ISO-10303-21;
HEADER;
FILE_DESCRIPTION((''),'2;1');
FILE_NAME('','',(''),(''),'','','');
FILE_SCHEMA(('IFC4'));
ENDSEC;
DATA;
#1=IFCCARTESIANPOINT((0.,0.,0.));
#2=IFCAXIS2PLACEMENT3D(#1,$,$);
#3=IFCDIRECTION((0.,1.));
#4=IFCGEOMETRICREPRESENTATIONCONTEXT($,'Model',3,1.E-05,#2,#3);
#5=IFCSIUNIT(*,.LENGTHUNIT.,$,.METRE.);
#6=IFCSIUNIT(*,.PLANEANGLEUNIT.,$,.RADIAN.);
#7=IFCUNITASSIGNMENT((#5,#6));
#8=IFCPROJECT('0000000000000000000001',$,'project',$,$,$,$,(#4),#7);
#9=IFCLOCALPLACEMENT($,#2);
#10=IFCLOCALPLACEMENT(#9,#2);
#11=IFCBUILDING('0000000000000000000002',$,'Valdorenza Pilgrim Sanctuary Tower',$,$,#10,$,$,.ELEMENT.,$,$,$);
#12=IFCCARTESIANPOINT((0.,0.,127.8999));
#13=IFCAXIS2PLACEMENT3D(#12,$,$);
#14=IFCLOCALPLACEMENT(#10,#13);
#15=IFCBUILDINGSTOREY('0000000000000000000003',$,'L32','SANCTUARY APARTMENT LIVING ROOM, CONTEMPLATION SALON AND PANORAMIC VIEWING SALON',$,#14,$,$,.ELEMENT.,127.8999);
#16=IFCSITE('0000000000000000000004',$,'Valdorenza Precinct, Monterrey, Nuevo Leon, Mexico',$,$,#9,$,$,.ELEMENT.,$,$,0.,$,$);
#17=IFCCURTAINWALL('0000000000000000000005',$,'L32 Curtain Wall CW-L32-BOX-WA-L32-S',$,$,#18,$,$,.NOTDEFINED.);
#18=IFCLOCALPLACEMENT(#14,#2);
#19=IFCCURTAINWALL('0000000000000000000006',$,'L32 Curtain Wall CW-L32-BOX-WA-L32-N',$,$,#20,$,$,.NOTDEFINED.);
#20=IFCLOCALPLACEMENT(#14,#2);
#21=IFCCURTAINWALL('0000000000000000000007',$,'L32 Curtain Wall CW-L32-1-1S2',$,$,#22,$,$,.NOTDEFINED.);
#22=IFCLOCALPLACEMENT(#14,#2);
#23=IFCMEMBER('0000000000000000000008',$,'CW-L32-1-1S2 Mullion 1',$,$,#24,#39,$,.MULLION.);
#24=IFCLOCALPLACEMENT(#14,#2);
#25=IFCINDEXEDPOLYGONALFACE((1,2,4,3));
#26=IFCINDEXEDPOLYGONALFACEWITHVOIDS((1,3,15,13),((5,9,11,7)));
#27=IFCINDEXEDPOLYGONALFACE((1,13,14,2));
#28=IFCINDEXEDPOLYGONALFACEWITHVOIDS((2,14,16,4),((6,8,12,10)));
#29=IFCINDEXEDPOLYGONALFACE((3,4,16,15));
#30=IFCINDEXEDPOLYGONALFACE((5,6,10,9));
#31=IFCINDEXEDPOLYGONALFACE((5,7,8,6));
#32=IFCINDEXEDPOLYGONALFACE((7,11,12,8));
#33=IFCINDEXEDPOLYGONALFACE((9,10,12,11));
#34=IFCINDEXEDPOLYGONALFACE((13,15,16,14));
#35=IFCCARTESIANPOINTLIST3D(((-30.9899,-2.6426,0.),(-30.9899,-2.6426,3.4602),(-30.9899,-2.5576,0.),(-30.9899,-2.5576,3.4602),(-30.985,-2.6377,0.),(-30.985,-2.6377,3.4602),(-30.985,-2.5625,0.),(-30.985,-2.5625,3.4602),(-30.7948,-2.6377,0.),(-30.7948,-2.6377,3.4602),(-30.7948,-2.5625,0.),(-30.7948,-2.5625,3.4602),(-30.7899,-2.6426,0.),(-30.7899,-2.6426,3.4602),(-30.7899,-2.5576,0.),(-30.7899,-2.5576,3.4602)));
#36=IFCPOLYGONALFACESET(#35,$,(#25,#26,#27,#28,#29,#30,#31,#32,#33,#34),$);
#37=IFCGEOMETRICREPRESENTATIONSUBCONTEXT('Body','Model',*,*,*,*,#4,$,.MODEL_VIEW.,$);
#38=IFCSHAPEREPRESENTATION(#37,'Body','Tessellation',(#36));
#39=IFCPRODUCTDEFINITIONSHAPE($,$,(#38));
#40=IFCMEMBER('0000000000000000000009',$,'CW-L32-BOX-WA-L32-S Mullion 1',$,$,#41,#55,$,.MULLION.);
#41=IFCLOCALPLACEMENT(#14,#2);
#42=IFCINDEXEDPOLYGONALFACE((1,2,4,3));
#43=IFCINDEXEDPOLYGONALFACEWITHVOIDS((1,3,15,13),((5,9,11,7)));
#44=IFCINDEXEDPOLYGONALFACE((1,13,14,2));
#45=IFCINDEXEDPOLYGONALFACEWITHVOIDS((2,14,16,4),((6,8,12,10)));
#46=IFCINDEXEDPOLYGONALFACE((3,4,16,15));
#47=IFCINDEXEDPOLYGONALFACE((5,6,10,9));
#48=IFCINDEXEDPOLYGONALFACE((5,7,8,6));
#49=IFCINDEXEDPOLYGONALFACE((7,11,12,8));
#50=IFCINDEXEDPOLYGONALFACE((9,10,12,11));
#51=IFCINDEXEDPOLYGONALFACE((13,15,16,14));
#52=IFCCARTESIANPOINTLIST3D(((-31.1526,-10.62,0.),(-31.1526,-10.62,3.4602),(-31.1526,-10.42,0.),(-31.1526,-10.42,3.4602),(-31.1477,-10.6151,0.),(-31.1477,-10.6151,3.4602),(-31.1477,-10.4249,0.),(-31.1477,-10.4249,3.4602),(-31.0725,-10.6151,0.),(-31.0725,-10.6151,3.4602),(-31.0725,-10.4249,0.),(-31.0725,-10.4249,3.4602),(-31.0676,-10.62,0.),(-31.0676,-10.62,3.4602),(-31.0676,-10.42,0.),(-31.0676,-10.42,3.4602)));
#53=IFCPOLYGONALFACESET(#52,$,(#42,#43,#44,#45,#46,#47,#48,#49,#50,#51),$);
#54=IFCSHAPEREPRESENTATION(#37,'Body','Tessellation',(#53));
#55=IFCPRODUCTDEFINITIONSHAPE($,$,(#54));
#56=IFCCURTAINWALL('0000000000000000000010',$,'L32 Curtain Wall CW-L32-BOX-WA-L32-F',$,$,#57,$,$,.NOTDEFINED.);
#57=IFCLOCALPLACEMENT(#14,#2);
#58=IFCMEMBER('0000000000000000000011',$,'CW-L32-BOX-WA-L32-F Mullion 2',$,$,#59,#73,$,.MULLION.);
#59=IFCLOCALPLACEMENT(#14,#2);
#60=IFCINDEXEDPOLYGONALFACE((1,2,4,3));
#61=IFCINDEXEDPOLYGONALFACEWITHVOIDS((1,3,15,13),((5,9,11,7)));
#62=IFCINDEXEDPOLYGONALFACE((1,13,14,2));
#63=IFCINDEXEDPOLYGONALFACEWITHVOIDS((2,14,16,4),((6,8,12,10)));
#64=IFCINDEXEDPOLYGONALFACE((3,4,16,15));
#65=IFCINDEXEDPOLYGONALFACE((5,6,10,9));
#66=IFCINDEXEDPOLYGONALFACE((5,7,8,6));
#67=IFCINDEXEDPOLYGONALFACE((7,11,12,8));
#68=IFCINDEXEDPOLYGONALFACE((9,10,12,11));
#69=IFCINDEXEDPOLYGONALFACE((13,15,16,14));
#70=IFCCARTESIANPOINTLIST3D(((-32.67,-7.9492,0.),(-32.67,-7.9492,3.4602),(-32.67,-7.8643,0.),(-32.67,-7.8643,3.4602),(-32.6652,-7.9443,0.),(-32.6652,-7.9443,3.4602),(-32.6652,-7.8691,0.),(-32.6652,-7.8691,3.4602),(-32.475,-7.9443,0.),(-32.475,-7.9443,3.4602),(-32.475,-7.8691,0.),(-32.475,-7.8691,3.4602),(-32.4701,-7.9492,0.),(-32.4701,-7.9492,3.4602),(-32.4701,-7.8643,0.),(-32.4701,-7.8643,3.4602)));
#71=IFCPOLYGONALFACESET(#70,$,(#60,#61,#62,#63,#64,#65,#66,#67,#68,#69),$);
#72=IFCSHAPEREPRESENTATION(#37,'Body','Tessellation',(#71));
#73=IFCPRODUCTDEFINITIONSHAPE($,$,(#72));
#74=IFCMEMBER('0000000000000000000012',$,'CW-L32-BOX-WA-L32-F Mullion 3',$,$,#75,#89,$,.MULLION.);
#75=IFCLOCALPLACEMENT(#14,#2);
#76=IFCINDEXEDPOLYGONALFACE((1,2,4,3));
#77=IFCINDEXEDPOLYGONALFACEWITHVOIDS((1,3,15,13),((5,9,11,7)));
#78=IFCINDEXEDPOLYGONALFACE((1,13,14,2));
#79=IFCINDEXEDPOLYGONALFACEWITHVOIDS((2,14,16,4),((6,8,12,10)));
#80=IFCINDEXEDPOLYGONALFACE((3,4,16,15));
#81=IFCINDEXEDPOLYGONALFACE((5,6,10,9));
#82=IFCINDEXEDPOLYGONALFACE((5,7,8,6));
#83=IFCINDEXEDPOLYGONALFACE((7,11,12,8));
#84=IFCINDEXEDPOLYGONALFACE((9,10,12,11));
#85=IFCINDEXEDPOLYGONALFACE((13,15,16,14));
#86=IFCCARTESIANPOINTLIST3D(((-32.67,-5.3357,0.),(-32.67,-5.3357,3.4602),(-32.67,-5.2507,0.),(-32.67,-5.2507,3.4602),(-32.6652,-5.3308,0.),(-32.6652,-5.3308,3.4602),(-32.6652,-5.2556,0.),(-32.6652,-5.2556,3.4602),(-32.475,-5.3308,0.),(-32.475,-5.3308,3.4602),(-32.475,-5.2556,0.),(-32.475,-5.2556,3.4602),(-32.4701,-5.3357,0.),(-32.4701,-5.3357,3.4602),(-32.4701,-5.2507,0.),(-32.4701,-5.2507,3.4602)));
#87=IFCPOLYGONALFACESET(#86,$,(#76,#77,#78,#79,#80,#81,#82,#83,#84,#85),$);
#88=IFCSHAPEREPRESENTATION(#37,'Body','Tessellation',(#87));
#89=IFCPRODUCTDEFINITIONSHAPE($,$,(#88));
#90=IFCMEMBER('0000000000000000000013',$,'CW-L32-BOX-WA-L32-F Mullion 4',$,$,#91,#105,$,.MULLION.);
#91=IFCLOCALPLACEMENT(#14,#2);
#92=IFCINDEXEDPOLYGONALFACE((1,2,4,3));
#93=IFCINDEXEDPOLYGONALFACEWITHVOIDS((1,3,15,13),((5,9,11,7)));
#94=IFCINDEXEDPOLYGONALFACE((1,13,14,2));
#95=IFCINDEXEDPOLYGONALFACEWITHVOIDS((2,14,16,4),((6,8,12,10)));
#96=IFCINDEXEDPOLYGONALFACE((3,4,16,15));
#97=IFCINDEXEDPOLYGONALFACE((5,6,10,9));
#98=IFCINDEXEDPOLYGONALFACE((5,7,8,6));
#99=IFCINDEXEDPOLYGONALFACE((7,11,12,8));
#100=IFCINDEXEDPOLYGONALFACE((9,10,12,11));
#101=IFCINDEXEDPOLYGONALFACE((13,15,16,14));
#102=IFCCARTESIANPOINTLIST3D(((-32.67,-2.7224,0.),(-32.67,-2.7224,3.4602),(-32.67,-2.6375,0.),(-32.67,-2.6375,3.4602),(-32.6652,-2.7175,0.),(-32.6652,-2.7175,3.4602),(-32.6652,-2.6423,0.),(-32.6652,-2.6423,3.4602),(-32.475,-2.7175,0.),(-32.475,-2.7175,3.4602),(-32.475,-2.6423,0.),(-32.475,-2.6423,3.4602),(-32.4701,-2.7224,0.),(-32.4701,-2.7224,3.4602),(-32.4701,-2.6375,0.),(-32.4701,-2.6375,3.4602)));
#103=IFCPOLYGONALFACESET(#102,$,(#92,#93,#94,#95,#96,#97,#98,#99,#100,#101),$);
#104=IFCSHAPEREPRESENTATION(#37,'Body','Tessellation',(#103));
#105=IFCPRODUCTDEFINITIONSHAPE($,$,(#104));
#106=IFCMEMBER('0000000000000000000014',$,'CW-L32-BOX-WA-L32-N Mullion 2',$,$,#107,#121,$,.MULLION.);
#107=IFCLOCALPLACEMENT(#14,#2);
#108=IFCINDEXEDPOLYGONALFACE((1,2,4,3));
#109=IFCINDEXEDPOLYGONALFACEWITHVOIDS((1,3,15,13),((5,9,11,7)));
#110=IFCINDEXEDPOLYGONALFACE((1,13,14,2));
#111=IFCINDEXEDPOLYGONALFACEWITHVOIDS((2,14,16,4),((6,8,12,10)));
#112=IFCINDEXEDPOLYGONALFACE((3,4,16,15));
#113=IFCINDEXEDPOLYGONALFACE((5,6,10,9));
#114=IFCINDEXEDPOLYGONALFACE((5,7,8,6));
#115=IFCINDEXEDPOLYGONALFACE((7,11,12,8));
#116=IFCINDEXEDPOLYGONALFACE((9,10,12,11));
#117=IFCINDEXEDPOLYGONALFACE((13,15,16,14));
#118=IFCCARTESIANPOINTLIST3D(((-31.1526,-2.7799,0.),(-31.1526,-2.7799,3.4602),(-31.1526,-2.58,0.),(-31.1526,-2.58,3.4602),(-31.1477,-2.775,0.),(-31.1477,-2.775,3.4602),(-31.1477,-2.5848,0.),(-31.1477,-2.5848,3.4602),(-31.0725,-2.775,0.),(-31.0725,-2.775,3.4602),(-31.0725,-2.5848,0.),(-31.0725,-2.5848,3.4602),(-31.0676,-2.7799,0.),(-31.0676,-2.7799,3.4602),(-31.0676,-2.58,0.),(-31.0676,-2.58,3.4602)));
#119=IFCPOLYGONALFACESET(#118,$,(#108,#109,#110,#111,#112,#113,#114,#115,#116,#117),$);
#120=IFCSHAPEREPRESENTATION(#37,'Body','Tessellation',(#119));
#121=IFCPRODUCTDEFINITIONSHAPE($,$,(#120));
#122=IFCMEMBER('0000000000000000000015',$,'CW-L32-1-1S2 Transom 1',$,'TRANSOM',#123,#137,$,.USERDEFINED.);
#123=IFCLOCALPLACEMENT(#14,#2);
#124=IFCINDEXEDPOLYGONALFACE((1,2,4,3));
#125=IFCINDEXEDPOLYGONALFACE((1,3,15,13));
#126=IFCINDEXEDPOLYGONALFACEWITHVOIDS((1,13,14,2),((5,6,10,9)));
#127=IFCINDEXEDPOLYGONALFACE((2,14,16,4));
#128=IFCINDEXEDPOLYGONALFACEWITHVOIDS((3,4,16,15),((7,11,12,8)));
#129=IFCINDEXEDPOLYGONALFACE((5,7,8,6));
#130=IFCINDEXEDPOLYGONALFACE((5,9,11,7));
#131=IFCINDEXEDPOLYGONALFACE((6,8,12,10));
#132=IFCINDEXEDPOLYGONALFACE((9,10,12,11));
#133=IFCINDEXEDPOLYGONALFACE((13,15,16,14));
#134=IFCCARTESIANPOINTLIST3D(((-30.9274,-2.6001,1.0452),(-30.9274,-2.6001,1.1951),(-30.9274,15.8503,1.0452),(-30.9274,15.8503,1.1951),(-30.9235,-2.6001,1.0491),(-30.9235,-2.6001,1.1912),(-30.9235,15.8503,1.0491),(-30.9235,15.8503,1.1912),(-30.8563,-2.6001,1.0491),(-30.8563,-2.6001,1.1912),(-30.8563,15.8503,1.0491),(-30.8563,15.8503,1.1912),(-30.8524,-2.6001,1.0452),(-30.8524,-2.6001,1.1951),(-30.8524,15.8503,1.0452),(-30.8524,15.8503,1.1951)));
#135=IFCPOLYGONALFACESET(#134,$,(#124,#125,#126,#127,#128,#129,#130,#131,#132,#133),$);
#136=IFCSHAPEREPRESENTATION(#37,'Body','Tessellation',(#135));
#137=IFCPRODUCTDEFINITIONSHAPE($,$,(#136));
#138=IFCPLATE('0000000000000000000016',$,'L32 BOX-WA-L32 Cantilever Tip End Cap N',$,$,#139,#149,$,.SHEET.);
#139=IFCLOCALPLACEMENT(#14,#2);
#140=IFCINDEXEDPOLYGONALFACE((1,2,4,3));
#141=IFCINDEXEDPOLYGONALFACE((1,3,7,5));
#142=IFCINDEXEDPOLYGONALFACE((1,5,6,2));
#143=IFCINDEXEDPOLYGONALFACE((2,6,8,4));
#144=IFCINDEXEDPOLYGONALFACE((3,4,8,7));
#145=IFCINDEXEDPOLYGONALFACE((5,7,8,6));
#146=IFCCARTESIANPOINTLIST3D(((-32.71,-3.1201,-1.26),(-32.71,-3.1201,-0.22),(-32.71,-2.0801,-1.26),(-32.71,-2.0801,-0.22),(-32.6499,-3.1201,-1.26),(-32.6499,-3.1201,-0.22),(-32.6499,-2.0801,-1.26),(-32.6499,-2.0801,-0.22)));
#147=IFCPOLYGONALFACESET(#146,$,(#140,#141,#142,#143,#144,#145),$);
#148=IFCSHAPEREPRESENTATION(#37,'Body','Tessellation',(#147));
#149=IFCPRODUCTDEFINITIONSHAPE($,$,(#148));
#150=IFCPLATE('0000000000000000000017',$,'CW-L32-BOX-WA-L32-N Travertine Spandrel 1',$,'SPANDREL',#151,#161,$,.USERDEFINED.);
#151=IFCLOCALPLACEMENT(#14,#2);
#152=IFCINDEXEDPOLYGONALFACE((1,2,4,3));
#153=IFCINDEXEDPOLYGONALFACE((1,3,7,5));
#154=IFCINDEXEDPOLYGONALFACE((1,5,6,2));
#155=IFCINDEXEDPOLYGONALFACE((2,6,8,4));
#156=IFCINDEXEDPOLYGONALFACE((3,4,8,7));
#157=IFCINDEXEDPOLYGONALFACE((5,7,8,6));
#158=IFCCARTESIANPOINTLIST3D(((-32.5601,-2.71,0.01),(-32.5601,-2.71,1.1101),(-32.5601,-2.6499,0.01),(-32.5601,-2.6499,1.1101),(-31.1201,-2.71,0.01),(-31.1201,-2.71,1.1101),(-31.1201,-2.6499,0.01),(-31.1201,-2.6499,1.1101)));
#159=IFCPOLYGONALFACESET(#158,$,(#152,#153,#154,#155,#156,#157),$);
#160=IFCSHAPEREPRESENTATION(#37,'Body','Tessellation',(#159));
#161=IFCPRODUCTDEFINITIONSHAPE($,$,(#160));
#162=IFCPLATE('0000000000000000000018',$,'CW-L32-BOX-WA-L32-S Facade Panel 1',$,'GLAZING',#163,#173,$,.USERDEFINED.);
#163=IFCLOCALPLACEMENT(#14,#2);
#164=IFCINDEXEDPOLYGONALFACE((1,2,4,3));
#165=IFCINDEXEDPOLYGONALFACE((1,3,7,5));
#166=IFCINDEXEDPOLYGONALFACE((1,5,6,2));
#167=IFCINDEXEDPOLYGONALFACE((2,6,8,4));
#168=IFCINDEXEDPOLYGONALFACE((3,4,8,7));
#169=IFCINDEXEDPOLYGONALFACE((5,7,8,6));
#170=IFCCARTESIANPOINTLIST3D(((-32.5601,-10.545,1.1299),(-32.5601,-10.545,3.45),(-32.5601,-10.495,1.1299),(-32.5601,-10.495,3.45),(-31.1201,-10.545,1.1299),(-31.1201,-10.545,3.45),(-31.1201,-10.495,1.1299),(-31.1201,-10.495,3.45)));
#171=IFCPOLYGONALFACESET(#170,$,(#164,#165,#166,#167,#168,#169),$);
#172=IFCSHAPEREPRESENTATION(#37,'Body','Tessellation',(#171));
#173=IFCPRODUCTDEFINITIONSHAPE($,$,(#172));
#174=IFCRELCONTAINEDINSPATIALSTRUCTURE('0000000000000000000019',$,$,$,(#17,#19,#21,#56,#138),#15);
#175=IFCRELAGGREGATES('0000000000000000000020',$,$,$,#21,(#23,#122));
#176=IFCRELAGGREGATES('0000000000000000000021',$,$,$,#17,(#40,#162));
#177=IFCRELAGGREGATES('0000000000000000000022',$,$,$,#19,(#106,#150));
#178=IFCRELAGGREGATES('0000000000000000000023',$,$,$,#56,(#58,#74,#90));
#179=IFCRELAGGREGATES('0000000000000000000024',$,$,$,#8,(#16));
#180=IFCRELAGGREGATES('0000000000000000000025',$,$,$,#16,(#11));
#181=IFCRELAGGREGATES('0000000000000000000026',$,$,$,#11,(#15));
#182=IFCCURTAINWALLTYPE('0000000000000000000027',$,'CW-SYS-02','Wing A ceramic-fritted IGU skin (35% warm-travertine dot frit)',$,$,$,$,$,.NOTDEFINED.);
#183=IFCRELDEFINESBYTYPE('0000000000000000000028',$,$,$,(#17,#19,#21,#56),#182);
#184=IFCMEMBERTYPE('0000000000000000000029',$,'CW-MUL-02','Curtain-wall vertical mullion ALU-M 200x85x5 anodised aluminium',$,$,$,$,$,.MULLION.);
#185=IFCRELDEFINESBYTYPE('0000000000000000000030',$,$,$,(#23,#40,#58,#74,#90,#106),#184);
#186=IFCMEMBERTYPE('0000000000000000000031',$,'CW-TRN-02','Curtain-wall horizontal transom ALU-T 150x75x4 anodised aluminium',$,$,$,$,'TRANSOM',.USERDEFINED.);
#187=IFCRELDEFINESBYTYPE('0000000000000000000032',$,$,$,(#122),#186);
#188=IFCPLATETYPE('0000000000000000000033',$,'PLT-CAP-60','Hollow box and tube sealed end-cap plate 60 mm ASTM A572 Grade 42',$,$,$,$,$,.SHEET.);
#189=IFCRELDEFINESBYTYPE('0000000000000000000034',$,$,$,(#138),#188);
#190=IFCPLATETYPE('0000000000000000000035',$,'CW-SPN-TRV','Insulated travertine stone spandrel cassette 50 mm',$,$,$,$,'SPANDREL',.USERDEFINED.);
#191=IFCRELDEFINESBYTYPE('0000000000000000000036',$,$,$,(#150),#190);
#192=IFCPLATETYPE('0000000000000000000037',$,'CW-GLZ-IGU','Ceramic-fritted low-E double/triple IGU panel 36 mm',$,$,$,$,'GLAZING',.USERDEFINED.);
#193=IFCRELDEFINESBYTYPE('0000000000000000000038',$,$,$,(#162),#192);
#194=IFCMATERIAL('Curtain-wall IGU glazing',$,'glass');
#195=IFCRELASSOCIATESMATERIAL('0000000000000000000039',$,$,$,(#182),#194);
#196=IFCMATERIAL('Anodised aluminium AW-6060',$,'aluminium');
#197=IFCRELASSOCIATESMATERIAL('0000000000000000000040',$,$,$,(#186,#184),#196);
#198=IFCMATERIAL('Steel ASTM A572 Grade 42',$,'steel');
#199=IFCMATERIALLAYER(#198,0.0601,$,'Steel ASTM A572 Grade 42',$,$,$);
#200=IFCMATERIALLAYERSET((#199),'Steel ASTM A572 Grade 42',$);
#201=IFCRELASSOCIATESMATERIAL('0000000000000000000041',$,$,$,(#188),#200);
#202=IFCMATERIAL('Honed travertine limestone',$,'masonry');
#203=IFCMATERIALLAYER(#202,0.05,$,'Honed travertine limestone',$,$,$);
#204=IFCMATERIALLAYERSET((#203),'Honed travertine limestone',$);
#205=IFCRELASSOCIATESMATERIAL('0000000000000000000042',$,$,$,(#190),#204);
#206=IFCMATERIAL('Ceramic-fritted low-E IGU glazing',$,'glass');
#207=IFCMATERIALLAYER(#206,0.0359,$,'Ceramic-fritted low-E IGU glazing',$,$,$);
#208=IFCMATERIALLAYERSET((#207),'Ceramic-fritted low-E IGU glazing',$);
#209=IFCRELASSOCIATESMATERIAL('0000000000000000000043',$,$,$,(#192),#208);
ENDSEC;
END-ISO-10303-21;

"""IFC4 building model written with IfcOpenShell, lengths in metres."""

from ifc_helpers import new_model, si_unit, direction, frame, origin, origin_2d, place, context, subcontext, project, spatial, rectangle, hollow_rectangle, extrude, source, transform, mapped, material, layer, layer_set, material_profile, profile_set, type_object, element, aggregate, save


model = new_model("IFC4")

# Units and contexts
model_context = context("Model", 3, precision=1e-05, world=origin(), true_north=direction((0.0, 1.0)))
body_context = subcontext(model_context, "Body", "Model", "MODEL_VIEW")
ifc_project = project(units=[si_unit("LENGTHUNIT", "METRE"), si_unit("PLANEANGLEUNIT", "RADIAN")], contexts=[model_context])

# Site, building, storey
site_placement = place(None, origin())
site = spatial("IfcSite", under=ifc_project, at=site_placement, Name="Valdorenza Precinct, Monterrey, Nuevo Leon, Mexico", CompositionType="ELEMENT", RefElevation=0.0)
building_placement = place(site_placement, origin())
building = spatial("IfcBuilding", under=site, at=building_placement, Name="Valdorenza Pilgrim Sanctuary Tower", CompositionType="ELEMENT")
storey_placement = place(building_placement, frame((0.0, 0.0, 127.8999)))
storey = spatial("IfcBuildingStorey", under=building, at=storey_placement, Name="L32", Description="SANCTUARY APARTMENT LIVING ROOM, CONTEMPLATION SALON AND PANORAMIC VIEWING SALON", CompositionType="ELEMENT", Elevation=127.8999)

# Shared definitions
ifc_material_1 = material(Name="Steel ASTM A572 Grade 42", Category="steel")

# Curtain walls, member
ifc_material_2 = material(Name="Curtain-wall IGU glazing", Category="glass")
curtain_wall_type = type_object("IfcCurtainWallType", Name="CW-SYS-02", Description="Wing A ceramic-fritted IGU skin (35% warm-travertine dot frit)", PredefinedType="NOTDEFINED", material=ifc_material_2)
curtain_wall_1_placement = place(storey_placement, origin())
curtain_wall_1 = element("IfcCurtainWall", 1, at=curtain_wall_1_placement, inside=storey, type_object=curtain_wall_type, Name="L32 Curtain Wall CW-L32-BOX-WA-L32-S", PredefinedType="NOTDEFINED")
ifc_material_3 = material(Name="Anodised aluminium AW-6060", Category="aluminium")
ifc_material_profile_1 = material_profile(ifc_material_3, hollow_rectangle(XDim=0.075, YDim=0.1499, WallThickness=0.0039, at=origin_2d()), Name="ALU-T 150x75x4")
ifc_profile_set_1 = profile_set([ifc_material_profile_1], Name="Anodised aluminium AW-6060")
member_type_1 = type_object("IfcMemberType", Name="CW-TRN-02", Description="Curtain-wall horizontal transom ALU-T 150x75x4 anodised aluminium", ElementType="TRANSOM", PredefinedType="USERDEFINED", material=ifc_profile_set_1)
curtain_wall_2_placement = place(storey_placement, origin())
curtain_wall_2 = element("IfcCurtainWall", 2, at=curtain_wall_2_placement, inside=storey, type_object=curtain_wall_type, Name="L32 Curtain Wall CW-L32-BOX-WA-L32-N", PredefinedType="NOTDEFINED")
curtain_wall_3_placement = place(storey_placement, origin())
curtain_wall_3 = element("IfcCurtainWall", 3, at=curtain_wall_3_placement, inside=storey, type_object=curtain_wall_type, Name="L32 Curtain Wall CW-L32-1-1S2", PredefinedType="NOTDEFINED")
ifc_material_profile_2 = material_profile(ifc_material_3, hollow_rectangle(XDim=0.085, YDim=0.2, WallThickness=0.0049, at=origin_2d()), Name="ALU-M 200x85x5")
ifc_profile_set_2 = profile_set([ifc_material_profile_2], Name="Anodised aluminium AW-6060")
member_type_2 = type_object("IfcMemberType", Name="CW-MUL-02", Description="Curtain-wall vertical mullion ALU-M 200x85x5 anodised aluminium", PredefinedType="MULLION", material=ifc_profile_set_2)
shared_shape_1 = source(origin(), body_context, "Body", "SweptSolid", [
    extrude(hollow_rectangle(XDim=0.085, YDim=0.2, WallThickness=0.0049, at=origin_2d()), origin(), (0.0, 0.0, 1.0), 3.4602),
])
member_1_placement = place(storey_placement, frame((-30.8899, -2.6001, 0.0), z_axis=(0.0, 0.0, 1.0), x_axis=(0.0, 1.0, 0.0)))
member_1 = element("IfcMember", 4, at=member_1_placement, type_object=member_type_2, Name="CW-L32-1-1S2 Mullion 1", PredefinedType="MULLION", context=body_context, shape_type="MappedRepresentation", body=[
    mapped(shared_shape_1, transform((0.0, 0.0, 0.0), x_axis=(1.0, 0.0, 0.0), y_axis=(0.0, 1.0, 0.0), z_axis=(0.0, 0.0, 1.0), scale=1.0)),
])

# Member
member_2_placement = place(storey_placement, frame((-31.1101, -10.52, 0.0), z_axis=(0.0, 0.0, 1.0), x_axis=(-1.0, 0.0, 0.0)))
member_2 = element("IfcMember", 5, at=member_2_placement, type_object=member_type_2, Name="CW-L32-BOX-WA-L32-S Mullion 1", PredefinedType="MULLION", context=body_context, shape_type="MappedRepresentation", body=[
    mapped(shared_shape_1, transform((0.0, 0.0, 0.0), x_axis=(1.0, 0.0, 0.0), y_axis=(0.0, 1.0, 0.0), z_axis=(0.0, 0.0, 1.0), scale=1.0)),
])

# Curtain wall, members
curtain_wall_4_placement = place(storey_placement, origin())
curtain_wall_4 = element("IfcCurtainWall", 6, at=curtain_wall_4_placement, inside=storey, type_object=curtain_wall_type, Name="L32 Curtain Wall CW-L32-BOX-WA-L32-F", PredefinedType="NOTDEFINED")
member_3_placement = place(storey_placement, frame((-32.5701, -7.9067, 0.0), z_axis=(0.0, 0.0, 1.0), x_axis=(0.0, 1.0, 0.0)))
member_3 = element("IfcMember", 7, at=member_3_placement, type_object=member_type_2, Name="CW-L32-BOX-WA-L32-F Mullion 2", PredefinedType="MULLION", context=body_context, shape_type="MappedRepresentation", body=[
    mapped(shared_shape_1, transform((0.0, 0.0, 0.0), x_axis=(1.0, 0.0, 0.0), y_axis=(0.0, 1.0, 0.0), z_axis=(0.0, 0.0, 1.0), scale=1.0)),
])
member_4_placement = place(storey_placement, frame((-32.5701, -5.2932, 0.0), z_axis=(0.0, 0.0, 1.0), x_axis=(0.0, 1.0, 0.0)))
member_4 = element("IfcMember", 8, at=member_4_placement, type_object=member_type_2, Name="CW-L32-BOX-WA-L32-F Mullion 3", PredefinedType="MULLION", context=body_context, shape_type="MappedRepresentation", body=[
    mapped(shared_shape_1, transform((0.0, 0.0, 0.0), x_axis=(1.0, 0.0, 0.0), y_axis=(0.0, 1.0, 0.0), z_axis=(0.0, 0.0, 1.0), scale=1.0)),
])
member_5_placement = place(storey_placement, frame((-32.5701, -2.6799, 0.0), z_axis=(0.0, 0.0, 1.0), x_axis=(0.0, 1.0, 0.0)))
member_5 = element("IfcMember", 9, at=member_5_placement, type_object=member_type_2, Name="CW-L32-BOX-WA-L32-F Mullion 4", PredefinedType="MULLION", context=body_context, shape_type="MappedRepresentation", body=[
    mapped(shared_shape_1, transform((0.0, 0.0, 0.0), x_axis=(1.0, 0.0, 0.0), y_axis=(0.0, 1.0, 0.0), z_axis=(0.0, 0.0, 1.0), scale=1.0)),
])

# Members
member_6_placement = place(storey_placement, frame((-31.1101, -2.6799, 0.0), z_axis=(0.0, 0.0, 1.0), x_axis=(1.0, 0.0, 0.0)))
member_6 = element("IfcMember", 10, at=member_6_placement, type_object=member_type_2, Name="CW-L32-BOX-WA-L32-N Mullion 2", PredefinedType="MULLION", context=body_context, shape_type="MappedRepresentation", body=[
    mapped(shared_shape_1, transform((0.0, 0.0, 0.0), x_axis=(1.0, 0.0, 0.0), y_axis=(0.0, 1.0, 0.0), z_axis=(0.0, 0.0, 1.0), scale=1.0)),
])
shared_shape_2 = source(origin(), body_context, "Body", "SweptSolid", [
    extrude(hollow_rectangle(XDim=0.075, YDim=0.1499, WallThickness=0.0039, at=origin_2d()), origin(), (0.0, 0.0, 1.0), 18.4504),
])
member_7_placement = place(storey_placement, frame((-30.8899, -2.6001, 1.1201), z_axis=(0.0, 1.0, 0.0), x_axis=(-1.0, 0.0, 0.0)))
member_7 = element("IfcMember", 11, at=member_7_placement, type_object=member_type_1, Name="CW-L32-1-1S2 Transom 1", ObjectType="TRANSOM", PredefinedType="USERDEFINED", context=body_context, shape_type="MappedRepresentation", body=[
    mapped(shared_shape_2, transform((0.0, 0.0, 0.0), x_axis=(1.0, 0.0, 0.0), y_axis=(0.0, 1.0, 0.0), z_axis=(0.0, 0.0, 1.0), scale=1.0)),
])
aggregate(curtain_wall_3, [member_1, member_7])

# Plates
ifc_layer_1 = layer(ifc_material_1, 0.0601, Name="Steel ASTM A572 Grade 42")
ifc_layer_set_1 = layer_set([ifc_layer_1], Name="Steel ASTM A572 Grade 42")
plate_type_1 = type_object("IfcPlateType", Name="PLT-CAP-60", Description="Hollow box and tube sealed end-cap plate 60 mm ASTM A572 Grade 42", PredefinedType="SHEET", material=ifc_layer_set_1)
shared_shape_3 = source(origin(), body_context, "Body", "SweptSolid", [
    extrude(rectangle(XDim=0.0601, YDim=1.04, at=origin_2d()), origin(), (0.0, 0.0, 1.0), 1.04),
])
plate_1_placement = place(storey_placement, frame((-32.6799, -2.6001, -1.26), z_axis=(0.0, 0.0, 1.0), x_axis=(1.0, 0.0, 0.0)))
element("IfcPlate", 12, at=plate_1_placement, inside=storey, type_object=plate_type_1, Name="L32 BOX-WA-L32 Cantilever Tip End Cap N", PredefinedType="SHEET", context=body_context, shape_type="MappedRepresentation", body=[
    mapped(shared_shape_3, transform((0.0, 0.0, 0.0), x_axis=(1.0, 0.0, 0.0), y_axis=(0.0, 1.0, 0.0), z_axis=(0.0, 0.0, 1.0), scale=1.0)),
])
ifc_material_4 = material(Name="Honed travertine limestone", Category="masonry")
ifc_layer_2 = layer(ifc_material_4, 0.05, Name="Honed travertine limestone")
ifc_layer_set_2 = layer_set([ifc_layer_2], Name="Honed travertine limestone")
plate_type_2 = type_object("IfcPlateType", Name="CW-SPN-TRV", Description="Insulated travertine stone spandrel cassette 50 mm", ElementType="SPANDREL", PredefinedType="USERDEFINED", material=ifc_layer_set_2)
shared_shape_4 = source(origin(), body_context, "Body", "SweptSolid", [
    extrude(rectangle(XDim=1.4399, YDim=0.0601, at=origin_2d()), origin(), (0.0, 0.0, 1.0), 1.1001),
])
plate_2_placement = place(storey_placement, frame((-31.8401, -2.6799, 0.01), z_axis=(0.0, 0.0, 1.0), x_axis=(1.0, 0.0, 0.0)))
plate_2 = element("IfcPlate", 13, at=plate_2_placement, type_object=plate_type_2, Name="CW-L32-BOX-WA-L32-N Travertine Spandrel 1", ObjectType="SPANDREL", PredefinedType="USERDEFINED", context=body_context, shape_type="MappedRepresentation", body=[
    mapped(shared_shape_4, transform((0.0, 0.0, 0.0), x_axis=(1.0, 0.0, 0.0), y_axis=(0.0, 1.0, 0.0), z_axis=(0.0, 0.0, 1.0), scale=1.0)),
])
ifc_material_5 = material(Name="Ceramic-fritted low-E IGU glazing", Category="glass")
ifc_layer_3 = layer(ifc_material_5, 0.0359, Name="Ceramic-fritted low-E IGU glazing")
ifc_layer_set_3 = layer_set([ifc_layer_3], Name="Ceramic-fritted low-E IGU glazing")
plate_type_3 = type_object("IfcPlateType", Name="CW-GLZ-IGU", Description="Ceramic-fritted low-E double/triple IGU panel 36 mm", ElementType="GLAZING", PredefinedType="USERDEFINED", material=ifc_layer_set_3)
shared_shape_5 = source(origin(), body_context, "Body", "SweptSolid", [
    extrude(rectangle(XDim=1.4399, YDim=0.05, at=origin_2d()), origin(), (0.0, 0.0, 1.0), 2.3201),
])
plate_3_placement = place(storey_placement, frame((-31.8401, -10.52, 1.1299), z_axis=(0.0, 0.0, 1.0), x_axis=(-1.0, 0.0, 0.0)))
plate_3 = element("IfcPlate", 14, at=plate_3_placement, type_object=plate_type_3, Name="CW-L32-BOX-WA-L32-S Facade Panel 1", ObjectType="GLAZING", PredefinedType="USERDEFINED", context=body_context, shape_type="MappedRepresentation", body=[
    mapped(shared_shape_5, transform((0.0, 0.0, 0.0), x_axis=(1.0, 0.0, 0.0), y_axis=(0.0, 1.0, 0.0), z_axis=(0.0, 0.0, 1.0), scale=1.0)),
])
aggregate(curtain_wall_1, [member_2, plate_3])
aggregate(curtain_wall_2, [member_6, plate_2])
aggregate(curtain_wall_4, [member_3, member_4, member_5])

save(model, "model.ifc")
